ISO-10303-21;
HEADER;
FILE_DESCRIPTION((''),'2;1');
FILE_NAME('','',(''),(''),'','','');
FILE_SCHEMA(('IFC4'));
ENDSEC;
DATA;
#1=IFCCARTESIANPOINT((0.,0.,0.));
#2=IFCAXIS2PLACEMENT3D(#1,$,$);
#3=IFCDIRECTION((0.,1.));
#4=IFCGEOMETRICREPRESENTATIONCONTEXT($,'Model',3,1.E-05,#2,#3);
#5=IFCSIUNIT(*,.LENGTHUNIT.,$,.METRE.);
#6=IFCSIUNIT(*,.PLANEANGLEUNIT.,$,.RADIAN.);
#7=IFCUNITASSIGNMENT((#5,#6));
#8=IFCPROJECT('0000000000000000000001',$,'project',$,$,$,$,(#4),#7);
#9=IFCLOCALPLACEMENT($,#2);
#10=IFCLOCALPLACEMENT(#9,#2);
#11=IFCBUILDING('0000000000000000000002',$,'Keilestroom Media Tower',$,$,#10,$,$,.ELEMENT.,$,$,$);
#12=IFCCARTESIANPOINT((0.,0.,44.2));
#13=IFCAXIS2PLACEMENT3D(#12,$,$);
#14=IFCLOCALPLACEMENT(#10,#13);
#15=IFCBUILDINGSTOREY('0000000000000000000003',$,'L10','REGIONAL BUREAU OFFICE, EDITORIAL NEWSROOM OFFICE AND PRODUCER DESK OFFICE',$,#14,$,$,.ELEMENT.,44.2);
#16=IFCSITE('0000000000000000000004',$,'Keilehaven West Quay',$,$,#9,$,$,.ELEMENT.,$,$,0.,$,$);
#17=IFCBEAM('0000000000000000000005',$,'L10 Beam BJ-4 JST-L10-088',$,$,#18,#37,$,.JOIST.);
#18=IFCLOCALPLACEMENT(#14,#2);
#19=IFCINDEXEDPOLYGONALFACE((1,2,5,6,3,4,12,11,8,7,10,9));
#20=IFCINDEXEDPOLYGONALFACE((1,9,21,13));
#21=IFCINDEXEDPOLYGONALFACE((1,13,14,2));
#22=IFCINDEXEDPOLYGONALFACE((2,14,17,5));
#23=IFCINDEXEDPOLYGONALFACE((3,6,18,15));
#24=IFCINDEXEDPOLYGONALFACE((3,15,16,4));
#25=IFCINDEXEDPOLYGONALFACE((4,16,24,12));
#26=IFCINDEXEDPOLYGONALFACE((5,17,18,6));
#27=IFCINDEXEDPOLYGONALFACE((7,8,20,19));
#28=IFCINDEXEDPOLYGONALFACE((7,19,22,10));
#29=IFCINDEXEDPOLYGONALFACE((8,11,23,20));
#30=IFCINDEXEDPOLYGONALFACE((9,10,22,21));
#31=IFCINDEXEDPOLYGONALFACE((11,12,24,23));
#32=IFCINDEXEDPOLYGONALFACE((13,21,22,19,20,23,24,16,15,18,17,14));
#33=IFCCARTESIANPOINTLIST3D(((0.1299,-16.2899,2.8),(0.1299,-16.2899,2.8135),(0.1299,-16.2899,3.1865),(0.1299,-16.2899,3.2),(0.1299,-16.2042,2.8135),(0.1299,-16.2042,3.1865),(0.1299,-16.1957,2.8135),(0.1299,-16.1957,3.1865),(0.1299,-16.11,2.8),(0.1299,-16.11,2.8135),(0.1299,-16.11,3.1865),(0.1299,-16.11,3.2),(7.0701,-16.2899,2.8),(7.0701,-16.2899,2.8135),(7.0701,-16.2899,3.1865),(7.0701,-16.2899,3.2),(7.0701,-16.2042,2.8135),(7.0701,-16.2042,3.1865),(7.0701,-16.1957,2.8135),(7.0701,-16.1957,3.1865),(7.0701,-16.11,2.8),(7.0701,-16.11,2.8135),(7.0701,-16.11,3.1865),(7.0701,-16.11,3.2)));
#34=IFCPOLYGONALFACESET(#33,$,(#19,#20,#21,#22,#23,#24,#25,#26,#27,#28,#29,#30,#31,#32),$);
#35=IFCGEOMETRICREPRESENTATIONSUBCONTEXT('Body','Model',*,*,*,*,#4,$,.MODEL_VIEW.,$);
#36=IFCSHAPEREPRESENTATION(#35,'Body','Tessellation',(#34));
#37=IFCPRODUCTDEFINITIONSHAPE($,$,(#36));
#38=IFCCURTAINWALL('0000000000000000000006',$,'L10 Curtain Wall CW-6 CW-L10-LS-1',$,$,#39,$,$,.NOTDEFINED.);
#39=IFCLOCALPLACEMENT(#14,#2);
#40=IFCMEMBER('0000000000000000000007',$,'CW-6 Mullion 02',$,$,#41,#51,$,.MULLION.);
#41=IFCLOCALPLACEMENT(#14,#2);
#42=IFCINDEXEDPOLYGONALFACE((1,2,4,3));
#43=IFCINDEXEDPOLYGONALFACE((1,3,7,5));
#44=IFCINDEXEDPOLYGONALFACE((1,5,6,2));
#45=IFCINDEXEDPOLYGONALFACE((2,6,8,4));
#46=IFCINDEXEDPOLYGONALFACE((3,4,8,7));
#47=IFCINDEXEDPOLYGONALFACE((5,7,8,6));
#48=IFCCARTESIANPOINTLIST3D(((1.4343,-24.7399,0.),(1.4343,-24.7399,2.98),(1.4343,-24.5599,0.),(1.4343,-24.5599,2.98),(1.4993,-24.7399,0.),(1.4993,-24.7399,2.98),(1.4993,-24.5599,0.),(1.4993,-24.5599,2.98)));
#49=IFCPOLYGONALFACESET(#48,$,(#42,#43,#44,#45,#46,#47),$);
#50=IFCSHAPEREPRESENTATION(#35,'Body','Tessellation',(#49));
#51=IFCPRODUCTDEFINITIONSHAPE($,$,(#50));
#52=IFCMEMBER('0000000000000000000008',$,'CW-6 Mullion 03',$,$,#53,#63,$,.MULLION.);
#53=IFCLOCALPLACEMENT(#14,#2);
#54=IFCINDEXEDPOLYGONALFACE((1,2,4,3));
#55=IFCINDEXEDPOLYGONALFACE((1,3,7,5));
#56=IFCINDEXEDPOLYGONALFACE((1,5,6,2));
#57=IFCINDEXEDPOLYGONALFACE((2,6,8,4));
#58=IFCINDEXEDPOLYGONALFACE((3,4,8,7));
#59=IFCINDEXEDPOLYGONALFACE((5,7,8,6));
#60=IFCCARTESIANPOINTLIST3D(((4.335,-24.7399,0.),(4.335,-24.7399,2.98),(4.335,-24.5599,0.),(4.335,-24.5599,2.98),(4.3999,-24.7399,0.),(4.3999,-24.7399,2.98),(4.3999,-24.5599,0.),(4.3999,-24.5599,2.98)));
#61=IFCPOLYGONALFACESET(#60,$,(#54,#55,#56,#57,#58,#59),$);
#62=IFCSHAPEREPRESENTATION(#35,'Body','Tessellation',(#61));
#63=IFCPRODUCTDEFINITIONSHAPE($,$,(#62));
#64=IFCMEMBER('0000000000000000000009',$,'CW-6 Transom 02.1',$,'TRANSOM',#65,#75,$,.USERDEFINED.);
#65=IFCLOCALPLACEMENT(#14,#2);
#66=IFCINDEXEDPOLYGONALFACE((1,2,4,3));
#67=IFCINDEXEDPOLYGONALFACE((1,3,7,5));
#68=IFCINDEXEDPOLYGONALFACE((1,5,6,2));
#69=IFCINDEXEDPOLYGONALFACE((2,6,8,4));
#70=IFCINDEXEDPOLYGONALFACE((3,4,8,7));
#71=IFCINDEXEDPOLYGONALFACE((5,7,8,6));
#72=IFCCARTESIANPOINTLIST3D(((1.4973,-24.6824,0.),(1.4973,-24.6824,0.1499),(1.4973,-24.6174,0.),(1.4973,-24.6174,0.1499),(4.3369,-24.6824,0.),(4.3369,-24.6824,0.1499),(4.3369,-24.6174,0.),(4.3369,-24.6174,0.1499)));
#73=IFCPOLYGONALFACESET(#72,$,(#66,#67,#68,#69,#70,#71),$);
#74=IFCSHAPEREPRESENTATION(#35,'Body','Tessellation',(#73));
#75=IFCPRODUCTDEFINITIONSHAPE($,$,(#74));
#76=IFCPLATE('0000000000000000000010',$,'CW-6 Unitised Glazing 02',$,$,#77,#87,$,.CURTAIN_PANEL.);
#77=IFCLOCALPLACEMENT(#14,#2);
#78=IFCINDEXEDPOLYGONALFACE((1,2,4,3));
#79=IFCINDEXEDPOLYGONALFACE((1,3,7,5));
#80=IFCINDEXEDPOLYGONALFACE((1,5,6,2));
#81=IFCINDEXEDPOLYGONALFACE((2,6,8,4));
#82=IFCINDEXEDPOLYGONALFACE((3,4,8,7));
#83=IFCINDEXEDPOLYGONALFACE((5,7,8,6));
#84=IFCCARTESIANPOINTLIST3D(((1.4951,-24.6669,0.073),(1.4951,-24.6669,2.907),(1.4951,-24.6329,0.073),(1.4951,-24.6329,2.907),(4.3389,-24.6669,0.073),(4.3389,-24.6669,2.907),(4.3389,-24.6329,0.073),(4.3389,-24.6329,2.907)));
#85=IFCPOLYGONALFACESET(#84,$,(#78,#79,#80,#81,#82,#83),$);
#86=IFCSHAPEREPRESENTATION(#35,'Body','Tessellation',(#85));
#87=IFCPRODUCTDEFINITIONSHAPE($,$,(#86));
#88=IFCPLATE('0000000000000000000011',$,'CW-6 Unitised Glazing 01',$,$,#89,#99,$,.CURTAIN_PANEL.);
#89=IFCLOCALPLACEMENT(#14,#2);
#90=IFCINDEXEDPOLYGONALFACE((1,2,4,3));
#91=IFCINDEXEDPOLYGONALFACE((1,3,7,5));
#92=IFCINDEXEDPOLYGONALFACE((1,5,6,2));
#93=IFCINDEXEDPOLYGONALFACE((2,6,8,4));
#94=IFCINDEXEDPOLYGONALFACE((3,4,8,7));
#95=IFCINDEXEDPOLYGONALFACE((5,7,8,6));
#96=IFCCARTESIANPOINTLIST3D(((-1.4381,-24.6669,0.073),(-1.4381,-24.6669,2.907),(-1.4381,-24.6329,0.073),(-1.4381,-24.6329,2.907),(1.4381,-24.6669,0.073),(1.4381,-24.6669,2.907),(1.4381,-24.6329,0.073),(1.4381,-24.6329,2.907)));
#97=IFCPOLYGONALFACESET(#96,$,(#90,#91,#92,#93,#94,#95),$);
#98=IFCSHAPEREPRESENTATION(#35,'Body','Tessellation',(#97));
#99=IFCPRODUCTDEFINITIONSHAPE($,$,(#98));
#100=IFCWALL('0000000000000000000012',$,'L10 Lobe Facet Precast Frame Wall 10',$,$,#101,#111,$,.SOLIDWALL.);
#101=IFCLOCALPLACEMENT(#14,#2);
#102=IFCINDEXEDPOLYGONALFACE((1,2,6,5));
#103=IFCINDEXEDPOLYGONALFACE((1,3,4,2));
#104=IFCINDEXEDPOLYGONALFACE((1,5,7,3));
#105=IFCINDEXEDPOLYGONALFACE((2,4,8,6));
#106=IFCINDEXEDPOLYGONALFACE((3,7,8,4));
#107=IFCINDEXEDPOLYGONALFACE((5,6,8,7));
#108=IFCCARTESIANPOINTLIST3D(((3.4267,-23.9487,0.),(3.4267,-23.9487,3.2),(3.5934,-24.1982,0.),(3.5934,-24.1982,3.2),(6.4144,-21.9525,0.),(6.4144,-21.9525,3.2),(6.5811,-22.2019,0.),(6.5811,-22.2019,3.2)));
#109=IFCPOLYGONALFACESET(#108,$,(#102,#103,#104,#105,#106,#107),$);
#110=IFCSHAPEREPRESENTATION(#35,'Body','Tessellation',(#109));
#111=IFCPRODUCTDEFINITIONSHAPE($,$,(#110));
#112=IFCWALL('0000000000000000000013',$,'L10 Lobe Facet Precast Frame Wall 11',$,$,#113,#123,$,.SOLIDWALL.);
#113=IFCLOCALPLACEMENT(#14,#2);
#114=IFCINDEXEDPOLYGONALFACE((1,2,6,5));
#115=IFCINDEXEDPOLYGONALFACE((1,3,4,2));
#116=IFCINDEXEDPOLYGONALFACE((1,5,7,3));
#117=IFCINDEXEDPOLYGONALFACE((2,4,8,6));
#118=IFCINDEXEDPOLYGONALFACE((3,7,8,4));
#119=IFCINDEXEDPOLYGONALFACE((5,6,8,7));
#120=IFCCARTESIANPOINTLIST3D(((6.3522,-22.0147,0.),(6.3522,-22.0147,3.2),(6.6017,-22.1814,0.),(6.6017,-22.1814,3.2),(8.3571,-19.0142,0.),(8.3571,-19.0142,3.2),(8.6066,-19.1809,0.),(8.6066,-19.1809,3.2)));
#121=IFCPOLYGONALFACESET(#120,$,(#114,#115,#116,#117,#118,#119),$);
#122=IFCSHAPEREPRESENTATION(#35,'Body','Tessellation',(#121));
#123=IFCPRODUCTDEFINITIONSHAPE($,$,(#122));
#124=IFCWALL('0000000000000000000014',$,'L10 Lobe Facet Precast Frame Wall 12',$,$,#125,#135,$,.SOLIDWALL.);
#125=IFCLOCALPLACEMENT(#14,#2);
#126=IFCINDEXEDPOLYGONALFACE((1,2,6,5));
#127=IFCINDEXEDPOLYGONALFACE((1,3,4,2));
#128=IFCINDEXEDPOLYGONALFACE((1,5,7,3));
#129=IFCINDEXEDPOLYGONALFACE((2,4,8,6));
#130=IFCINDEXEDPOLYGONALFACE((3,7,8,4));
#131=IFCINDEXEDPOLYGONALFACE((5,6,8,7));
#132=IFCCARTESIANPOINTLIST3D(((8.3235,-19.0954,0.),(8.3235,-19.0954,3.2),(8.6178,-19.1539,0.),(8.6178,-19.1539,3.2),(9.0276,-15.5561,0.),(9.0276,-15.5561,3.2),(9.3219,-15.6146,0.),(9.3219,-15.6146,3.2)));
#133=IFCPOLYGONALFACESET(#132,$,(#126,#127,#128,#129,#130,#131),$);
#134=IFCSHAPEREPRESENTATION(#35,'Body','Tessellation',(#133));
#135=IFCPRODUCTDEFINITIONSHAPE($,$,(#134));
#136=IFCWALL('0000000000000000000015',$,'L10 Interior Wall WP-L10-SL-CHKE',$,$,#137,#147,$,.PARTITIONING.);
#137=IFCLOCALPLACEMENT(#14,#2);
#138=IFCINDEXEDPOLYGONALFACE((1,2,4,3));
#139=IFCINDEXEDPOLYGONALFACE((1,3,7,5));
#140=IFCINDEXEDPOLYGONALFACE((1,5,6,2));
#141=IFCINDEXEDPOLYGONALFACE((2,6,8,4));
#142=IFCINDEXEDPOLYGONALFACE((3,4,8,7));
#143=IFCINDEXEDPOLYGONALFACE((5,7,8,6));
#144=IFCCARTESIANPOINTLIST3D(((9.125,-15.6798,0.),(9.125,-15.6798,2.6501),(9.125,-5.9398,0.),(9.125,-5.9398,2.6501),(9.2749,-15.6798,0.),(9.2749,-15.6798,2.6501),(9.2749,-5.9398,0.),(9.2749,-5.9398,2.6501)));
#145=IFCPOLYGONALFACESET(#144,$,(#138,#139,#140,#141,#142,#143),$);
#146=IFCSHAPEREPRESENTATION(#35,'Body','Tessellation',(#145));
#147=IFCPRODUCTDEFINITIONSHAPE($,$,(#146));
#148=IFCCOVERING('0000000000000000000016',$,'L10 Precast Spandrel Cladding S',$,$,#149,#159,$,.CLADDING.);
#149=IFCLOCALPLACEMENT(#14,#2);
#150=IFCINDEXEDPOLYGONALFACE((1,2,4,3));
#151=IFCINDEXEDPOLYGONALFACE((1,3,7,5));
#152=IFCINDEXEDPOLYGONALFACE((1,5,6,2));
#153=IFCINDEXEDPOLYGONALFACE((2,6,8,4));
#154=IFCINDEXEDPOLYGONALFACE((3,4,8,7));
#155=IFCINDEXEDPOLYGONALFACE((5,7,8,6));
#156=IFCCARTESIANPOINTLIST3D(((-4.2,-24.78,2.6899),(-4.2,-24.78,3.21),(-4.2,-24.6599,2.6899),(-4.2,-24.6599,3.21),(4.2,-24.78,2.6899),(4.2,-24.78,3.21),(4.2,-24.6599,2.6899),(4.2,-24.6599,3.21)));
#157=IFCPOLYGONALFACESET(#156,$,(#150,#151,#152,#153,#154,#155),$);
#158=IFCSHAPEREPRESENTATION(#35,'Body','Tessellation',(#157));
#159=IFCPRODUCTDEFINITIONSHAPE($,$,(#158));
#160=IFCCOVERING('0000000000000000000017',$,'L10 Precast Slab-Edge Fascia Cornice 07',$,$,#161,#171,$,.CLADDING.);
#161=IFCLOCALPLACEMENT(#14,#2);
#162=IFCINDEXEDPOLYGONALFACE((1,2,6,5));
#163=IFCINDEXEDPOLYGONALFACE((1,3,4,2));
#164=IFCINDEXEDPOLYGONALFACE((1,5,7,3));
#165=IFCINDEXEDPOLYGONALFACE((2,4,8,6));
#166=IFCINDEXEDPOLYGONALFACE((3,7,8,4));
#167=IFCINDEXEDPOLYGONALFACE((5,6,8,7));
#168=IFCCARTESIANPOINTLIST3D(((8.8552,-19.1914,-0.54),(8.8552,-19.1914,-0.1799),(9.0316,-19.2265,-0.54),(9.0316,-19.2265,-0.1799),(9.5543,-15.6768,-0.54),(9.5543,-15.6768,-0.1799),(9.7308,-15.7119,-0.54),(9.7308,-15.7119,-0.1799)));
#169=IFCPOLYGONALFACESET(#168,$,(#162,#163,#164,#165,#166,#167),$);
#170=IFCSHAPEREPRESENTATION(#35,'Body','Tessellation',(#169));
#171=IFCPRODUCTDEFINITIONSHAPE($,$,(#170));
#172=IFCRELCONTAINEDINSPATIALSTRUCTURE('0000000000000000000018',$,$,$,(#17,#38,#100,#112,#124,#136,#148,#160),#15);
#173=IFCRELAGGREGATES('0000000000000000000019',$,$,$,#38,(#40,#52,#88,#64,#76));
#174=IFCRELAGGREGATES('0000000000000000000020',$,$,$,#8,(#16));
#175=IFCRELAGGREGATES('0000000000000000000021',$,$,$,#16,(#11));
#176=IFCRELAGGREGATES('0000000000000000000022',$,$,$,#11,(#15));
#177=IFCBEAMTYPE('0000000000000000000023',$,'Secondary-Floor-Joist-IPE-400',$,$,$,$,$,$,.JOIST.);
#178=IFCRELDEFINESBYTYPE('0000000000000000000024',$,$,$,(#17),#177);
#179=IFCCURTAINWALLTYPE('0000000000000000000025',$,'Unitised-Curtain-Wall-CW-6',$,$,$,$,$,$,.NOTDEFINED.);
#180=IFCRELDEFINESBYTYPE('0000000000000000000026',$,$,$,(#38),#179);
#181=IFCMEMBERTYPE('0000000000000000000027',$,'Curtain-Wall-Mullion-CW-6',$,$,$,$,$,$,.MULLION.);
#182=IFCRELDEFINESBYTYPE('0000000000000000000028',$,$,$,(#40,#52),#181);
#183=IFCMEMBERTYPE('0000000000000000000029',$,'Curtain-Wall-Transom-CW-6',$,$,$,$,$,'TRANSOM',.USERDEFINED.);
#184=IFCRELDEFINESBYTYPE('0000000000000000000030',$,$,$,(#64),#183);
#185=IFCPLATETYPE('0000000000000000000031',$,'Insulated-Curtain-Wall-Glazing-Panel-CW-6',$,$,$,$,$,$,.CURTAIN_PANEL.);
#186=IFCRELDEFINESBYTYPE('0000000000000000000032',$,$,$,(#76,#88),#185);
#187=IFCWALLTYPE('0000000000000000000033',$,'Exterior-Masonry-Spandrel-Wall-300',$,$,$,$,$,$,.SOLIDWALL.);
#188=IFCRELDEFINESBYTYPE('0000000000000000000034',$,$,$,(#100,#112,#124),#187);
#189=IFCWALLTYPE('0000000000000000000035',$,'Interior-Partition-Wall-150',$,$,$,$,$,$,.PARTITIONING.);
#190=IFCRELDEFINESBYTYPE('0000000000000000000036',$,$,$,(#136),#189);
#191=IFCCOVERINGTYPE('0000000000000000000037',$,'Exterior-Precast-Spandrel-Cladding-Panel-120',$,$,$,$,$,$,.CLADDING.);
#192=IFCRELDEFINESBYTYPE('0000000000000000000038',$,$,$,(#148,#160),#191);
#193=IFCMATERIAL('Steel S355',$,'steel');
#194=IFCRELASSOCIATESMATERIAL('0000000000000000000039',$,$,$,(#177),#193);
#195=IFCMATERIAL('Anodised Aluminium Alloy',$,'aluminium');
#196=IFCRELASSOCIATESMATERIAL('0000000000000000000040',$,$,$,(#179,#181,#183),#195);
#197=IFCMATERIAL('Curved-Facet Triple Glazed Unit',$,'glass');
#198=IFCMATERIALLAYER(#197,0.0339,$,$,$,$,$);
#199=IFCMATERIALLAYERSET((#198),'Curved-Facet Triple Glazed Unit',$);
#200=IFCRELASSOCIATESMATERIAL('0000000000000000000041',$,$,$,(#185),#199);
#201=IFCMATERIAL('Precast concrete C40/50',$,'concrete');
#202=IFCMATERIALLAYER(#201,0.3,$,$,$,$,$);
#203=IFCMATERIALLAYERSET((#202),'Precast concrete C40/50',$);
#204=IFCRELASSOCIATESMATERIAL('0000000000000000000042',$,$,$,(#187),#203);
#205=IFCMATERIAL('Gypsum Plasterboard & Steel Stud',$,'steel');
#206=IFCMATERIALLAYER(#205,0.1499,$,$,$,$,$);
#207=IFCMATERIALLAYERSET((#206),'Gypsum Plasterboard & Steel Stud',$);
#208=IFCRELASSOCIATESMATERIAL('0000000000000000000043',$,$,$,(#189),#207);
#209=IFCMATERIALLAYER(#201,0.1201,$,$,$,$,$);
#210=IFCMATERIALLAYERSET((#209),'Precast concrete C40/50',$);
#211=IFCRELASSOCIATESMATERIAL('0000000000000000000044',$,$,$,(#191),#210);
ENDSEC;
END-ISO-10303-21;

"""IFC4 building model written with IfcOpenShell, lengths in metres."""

from ifc_helpers import new_model, si_unit, direction, frame, frame_2d, origin, origin_2d, place, context, subcontext, project, spatial, rectangle, i_section, extrude, source, transform, mapped, material, layer, layer_set, material_profile, profile_set, type_object, element, aggregate, save


model = new_model("IFC4")

# Units and contexts
model_context = context("Model", 3, precision=1e-05, world=origin(), true_north=direction((0.0, 1.0)))
body_context = subcontext(model_context, "Body", "Model", "MODEL_VIEW")
ifc_project = project(units=[si_unit("LENGTHUNIT", "METRE"), si_unit("PLANEANGLEUNIT", "RADIAN")], contexts=[model_context])

# Site, building, storey
site_placement = place(None, origin())
site = spatial("IfcSite", under=ifc_project, at=site_placement, Name="Keilehaven West Quay", CompositionType="ELEMENT", RefElevation=0.0)
building_placement = place(site_placement, origin())
building = spatial("IfcBuilding", under=site, at=building_placement, Name="Keilestroom Media Tower", CompositionType="ELEMENT")
storey_placement = place(building_placement, frame((0.0, 0.0, 44.2)))
storey = spatial("IfcBuildingStorey", under=building, at=storey_placement, Name="L10", Description="REGIONAL BUREAU OFFICE, EDITORIAL NEWSROOM OFFICE AND PRODUCER DESK OFFICE", CompositionType="ELEMENT", Elevation=44.2)

# Beam
ifc_material_1 = material(Name="Steel S355", Category="steel")
ifc_material_profile_1 = material_profile(ifc_material_1, i_section(OverallWidth=0.1799, OverallDepth=0.3999, WebThickness=0.0085, FlangeThickness=0.0134, at=origin_2d()), Name="IPE 400")
ifc_profile_set_1 = profile_set([ifc_material_profile_1], Name="Steel S355")
beam_type_1 = type_object("IfcBeamType", Name="Secondary-Floor-Joist-IPE-400", PredefinedType="JOIST", material=ifc_profile_set_1)
shared_shape_1 = source(origin(), body_context, "Body", "SweptSolid", [
    extrude(i_section(OverallWidth=0.1799, OverallDepth=0.3999, WebThickness=0.0085, FlangeThickness=0.0134, at=origin_2d()), origin(), (0.0, 0.0, 1.0), 6.9402),
])
beam_1_placement = place(storey_placement, frame((0.1299, -16.2, 3.0), z_axis=(1.0, 0.0, 0.0), x_axis=(0.0, 1.0, 0.0)))
element("IfcBeam", 1, at=beam_1_placement, inside=storey, type_object=beam_type_1, Name="L10 Beam BJ-4 JST-L10-088", PredefinedType="JOIST", context=body_context, shape_type="MappedRepresentation", body=[
    mapped(shared_shape_1, transform((0.0, 0.0, 0.0), x_axis=(1.0, 0.0, 0.0), y_axis=(0.0, 1.0, 0.0), z_axis=(0.0, 0.0, 1.0), scale=1.0)),
])

# Curtain wall, members, plates
ifc_material_2 = material(Name="Anodised Aluminium Alloy", Category="aluminium")
curtain_wall_type = type_object("IfcCurtainWallType", Name="Unitised-Curtain-Wall-CW-6", PredefinedType="NOTDEFINED", material=ifc_material_2)
curtain_wall_placement = place(storey_placement, origin())
curtain_wall = element("IfcCurtainWall", 2, at=curtain_wall_placement, inside=storey, type_object=curtain_wall_type, Name="L10 Curtain Wall CW-6 CW-L10-LS-1", PredefinedType="NOTDEFINED")
ifc_material_profile_2 = material_profile(ifc_material_2, rectangle(XDim=0.0649, YDim=0.1799, at=origin_2d()), Name="ALU MULLION 65x180")
ifc_profile_set_2 = profile_set([ifc_material_profile_2], Name="Anodised Aluminium Alloy")
member_type_1 = type_object("IfcMemberType", Name="Curtain-Wall-Mullion-CW-6", PredefinedType="MULLION", material=ifc_profile_set_2)
shared_shape_2 = source(origin(), body_context, "Body", "SweptSolid", [
    extrude(rectangle(XDim=0.0649, YDim=0.1799, at=origin_2d()), origin(), (0.0, 0.0, 1.0), 2.98),
])
member_1_placement = place(storey_placement, frame((1.4668, -24.6499, 0.0), z_axis=(0.0, 0.0, 1.0), x_axis=(1.0, 0.0, 0.0)))
member_1 = element("IfcMember", 3, at=member_1_placement, type_object=member_type_1, Name="CW-6 Mullion 02", PredefinedType="MULLION", context=body_context, shape_type="MappedRepresentation", body=[
    mapped(shared_shape_2, transform((0.0, 0.0, 0.0), x_axis=(1.0, 0.0, 0.0), y_axis=(0.0, 1.0, 0.0), z_axis=(0.0, 0.0, 1.0), scale=1.0)),
])
member_2_placement = place(storey_placement, frame((4.3674, -24.6499, 0.0), z_axis=(0.0, 0.0, 1.0), x_axis=(1.0, 0.0, 0.0)))
member_2 = element("IfcMember", 4, at=member_2_placement, type_object=member_type_1, Name="CW-6 Mullion 03", PredefinedType="MULLION", context=body_context, shape_type="MappedRepresentation", body=[
    mapped(shared_shape_2, transform((0.0, 0.0, 0.0), x_axis=(1.0, 0.0, 0.0), y_axis=(0.0, 1.0, 0.0), z_axis=(0.0, 0.0, 1.0), scale=1.0)),
])
ifc_material_profile_3 = material_profile(ifc_material_2, rectangle(XDim=0.0649, YDim=0.1499, at=origin_2d()), Name="ALU TRANSOM 65x150")
ifc_profile_set_3 = profile_set([ifc_material_profile_3], Name="Anodised Aluminium Alloy")
member_type_2 = type_object("IfcMemberType", Name="Curtain-Wall-Transom-CW-6", ElementType="TRANSOM", PredefinedType="USERDEFINED", material=ifc_profile_set_3)
shared_shape_3 = source(origin(), body_context, "Body", "SweptSolid", [
    extrude(rectangle(XDim=0.0649, YDim=0.1499, at=origin_2d()), origin(), (0.0, 0.0, 1.0), 2.8396),
])
member_3_placement = place(storey_placement, frame((1.4973, -24.6499, 0.075), z_axis=(1.0, 0.0, 0.0), x_axis=(0.0, 1.0, 0.0)))
member_3 = element("IfcMember", 5, at=member_3_placement, type_object=member_type_2, Name="CW-6 Transom 02.1", ObjectType="TRANSOM", PredefinedType="USERDEFINED", context=body_context, shape_type="MappedRepresentation", body=[
    mapped(shared_shape_3, transform((0.0, 0.0, 0.0), x_axis=(1.0, 0.0, 0.0), y_axis=(0.0, 1.0, 0.0), z_axis=(0.0, 0.0, 1.0), scale=1.0)),
])
ifc_material_3 = material(Name="Curved-Facet Triple Glazed Unit", Category="glass")
ifc_layer_1 = layer(ifc_material_3, 0.0339)
ifc_layer_set_1 = layer_set([ifc_layer_1], Name="Curved-Facet Triple Glazed Unit")
plate_type = type_object("IfcPlateType", Name="Insulated-Curtain-Wall-Glazing-Panel-CW-6", PredefinedType="CURTAIN_PANEL", material=ifc_layer_set_1)
shared_shape_4 = source(origin(), body_context, "Body", "SweptSolid", [
    extrude(rectangle(XDim=2.8438, YDim=0.0339, at=origin_2d()), origin(), (0.0, 0.0, 1.0), 2.834),
])
plate_1_placement = place(storey_placement, frame((2.917, -24.6499, 0.073), z_axis=(0.0, 0.0, 1.0), x_axis=(1.0, 0.0, 0.0)))
plate_1 = element("IfcPlate", 6, at=plate_1_placement, type_object=plate_type, Name="CW-6 Unitised Glazing 02", PredefinedType="CURTAIN_PANEL", context=body_context, shape_type="MappedRepresentation", body=[
    mapped(shared_shape_4, transform((0.0, 0.0, 0.0), x_axis=(1.0, 0.0, 0.0), y_axis=(0.0, 1.0, 0.0), z_axis=(0.0, 0.0, 1.0), scale=1.0)),
])
shared_shape_5 = source(origin(), body_context, "Body", "SweptSolid", [
    extrude(rectangle(XDim=2.8762, YDim=0.0339, at=origin_2d()), origin(), (0.0, 0.0, 1.0), 2.834),
])
plate_2_placement = place(storey_placement, frame((0.0, -24.6499, 0.073), z_axis=(0.0, 0.0, 1.0), x_axis=(1.0, 0.0, 0.0)))
plate_2 = element("IfcPlate", 7, at=plate_2_placement, type_object=plate_type, Name="CW-6 Unitised Glazing 01", PredefinedType="CURTAIN_PANEL", context=body_context, shape_type="MappedRepresentation", body=[
    mapped(shared_shape_5, transform((0.0, 0.0, 0.0), x_axis=(1.0, 0.0, 0.0), y_axis=(0.0, 1.0, 0.0), z_axis=(0.0, 0.0, 1.0), scale=1.0)),
])
aggregate(curtain_wall, [member_1, member_2, plate_2, member_3, plate_1])

# Walls
ifc_material_4 = material(Name="Precast concrete C40/50", Category="concrete")
ifc_layer_2 = layer(ifc_material_4, 0.3)
ifc_layer_set_2 = layer_set([ifc_layer_2], Name="Precast concrete C40/50")
wall_type_1 = type_object("IfcWallType", Name="Exterior-Masonry-Spandrel-Wall-300", PredefinedType="SOLIDWALL", material=ifc_layer_set_2)
wall_1_placement = place(storey_placement, frame((3.51, -24.0735, 0.0), z_axis=(0.0, 0.0, 1.0), x_axis=(0.831475, 0.555562, 0.0)))
element("IfcWall", 8, at=wall_1_placement, inside=storey, type_object=wall_type_1, Name="L10 Lobe Facet Precast Frame Wall 10", PredefinedType="SOLIDWALL", context=body_context, shape_type="SweptSolid", body=[
    extrude(rectangle(XDim=3.5933, YDim=0.3, at=frame_2d((1.7966, 0.0))), origin(), (0.0, 0.0, 1.0), 3.2),
])
for number, where, z_axis, x_axis, name in (
    (9, (6.4771, -22.0979, 0.0), (0.0, 0.0, 1.0), (0.555574, 0.831467, 0.0), "L10 Lobe Facet Precast Frame Wall 11"),
    (10, (8.4707, -19.1245, 0.0), (0.0, 0.0, 1.0), (0.195114, 0.980781, 0.0), "L10 Lobe Facet Precast Frame Wall 12"),
):
    element("IfcWall", number, at=place(storey_placement, frame(where, z_axis=z_axis, x_axis=x_axis)), inside=storey, type_object=wall_type_1, Name=name, PredefinedType="SOLIDWALL", context=body_context, shape_type="SweptSolid", body=[
        extrude(rectangle(XDim=3.6086, YDim=0.3, at=frame_2d((1.8042, 0.0))), origin(), (0.0, 0.0, 1.0), 3.2),
    ])
ifc_material_5 = material(Name="Gypsum Plasterboard & Steel Stud", Category="steel")
ifc_layer_3 = layer(ifc_material_5, 0.1499)
ifc_layer_set_3 = layer_set([ifc_layer_3], Name="Gypsum Plasterboard & Steel Stud")
wall_type_2 = type_object("IfcWallType", Name="Interior-Partition-Wall-150", PredefinedType="PARTITIONING", material=ifc_layer_set_3)
wall_2_placement = place(storey_placement, frame((9.2, -15.6799, 0.0), z_axis=(0.0, 0.0, 1.0), x_axis=(0.0, 1.0, 0.0)))
element("IfcWall", 11, at=wall_2_placement, inside=storey, type_object=wall_type_2, Name="L10 Interior Wall WP-L10-SL-CHKE", PredefinedType="PARTITIONING", context=body_context, shape_type="SweptSolid", body=[
    extrude(rectangle(XDim=9.74, YDim=0.1499, at=frame_2d((4.8701, 0.0))), origin(), (0.0, 0.0, 1.0), 2.6501),
])

# Coverings
ifc_layer_4 = layer(ifc_material_4, 0.1201)
ifc_layer_set_4 = layer_set([ifc_layer_4], Name="Precast concrete C40/50")
covering_type = type_object("IfcCoveringType", Name="Exterior-Precast-Spandrel-Cladding-Panel-120", PredefinedType="CLADDING", material=ifc_layer_set_4)
shared_shape_6 = source(origin(), body_context, "Body", "SweptSolid", [
    extrude(rectangle(XDim=8.3999, YDim=0.1201, at=origin_2d()), origin(), (0.0, 0.0, 1.0), 0.52),
])
covering_1_placement = place(storey_placement, frame((0.0, -24.72, 2.6899), z_axis=(0.0, 0.0, 1.0), x_axis=(1.0, 0.0, 0.0)))
element("IfcCovering", 12, at=covering_1_placement, inside=storey, type_object=covering_type, Name="L10 Precast Spandrel Cladding S", PredefinedType="CLADDING", context=body_context, shape_type="MappedRepresentation", body=[
    mapped(shared_shape_6, transform((0.0, 0.0, 0.0), x_axis=(1.0, 0.0, 0.0), y_axis=(0.0, 1.0, 0.0), z_axis=(0.0, 0.0, 1.0), scale=1.0)),
])
shared_shape_7 = source(origin(), body_context, "Body", "SweptSolid", [
    extrude(rectangle(XDim=3.5835, YDim=0.1799, at=origin_2d()), origin(), (0.0, 0.0, 1.0), 0.3601),
])
covering_2_placement = place(storey_placement, frame((9.293, -17.4517, -0.54), z_axis=(0.0, 0.0, 1.0), x_axis=(-0.195099, -0.980784, 0.0)))
element("IfcCovering", 13, at=covering_2_placement, inside=storey, type_object=covering_type, Name="L10 Precast Slab-Edge Fascia Cornice 07", PredefinedType="CLADDING", context=body_context, shape_type="MappedRepresentation", body=[
    mapped(shared_shape_7, transform((0.0, 0.0, 0.0), x_axis=(1.0, 0.0, 0.0), y_axis=(0.0, 1.0, 0.0), z_axis=(0.0, 0.0, 1.0), scale=1.0)),
])

save(model, "model.ifc")
